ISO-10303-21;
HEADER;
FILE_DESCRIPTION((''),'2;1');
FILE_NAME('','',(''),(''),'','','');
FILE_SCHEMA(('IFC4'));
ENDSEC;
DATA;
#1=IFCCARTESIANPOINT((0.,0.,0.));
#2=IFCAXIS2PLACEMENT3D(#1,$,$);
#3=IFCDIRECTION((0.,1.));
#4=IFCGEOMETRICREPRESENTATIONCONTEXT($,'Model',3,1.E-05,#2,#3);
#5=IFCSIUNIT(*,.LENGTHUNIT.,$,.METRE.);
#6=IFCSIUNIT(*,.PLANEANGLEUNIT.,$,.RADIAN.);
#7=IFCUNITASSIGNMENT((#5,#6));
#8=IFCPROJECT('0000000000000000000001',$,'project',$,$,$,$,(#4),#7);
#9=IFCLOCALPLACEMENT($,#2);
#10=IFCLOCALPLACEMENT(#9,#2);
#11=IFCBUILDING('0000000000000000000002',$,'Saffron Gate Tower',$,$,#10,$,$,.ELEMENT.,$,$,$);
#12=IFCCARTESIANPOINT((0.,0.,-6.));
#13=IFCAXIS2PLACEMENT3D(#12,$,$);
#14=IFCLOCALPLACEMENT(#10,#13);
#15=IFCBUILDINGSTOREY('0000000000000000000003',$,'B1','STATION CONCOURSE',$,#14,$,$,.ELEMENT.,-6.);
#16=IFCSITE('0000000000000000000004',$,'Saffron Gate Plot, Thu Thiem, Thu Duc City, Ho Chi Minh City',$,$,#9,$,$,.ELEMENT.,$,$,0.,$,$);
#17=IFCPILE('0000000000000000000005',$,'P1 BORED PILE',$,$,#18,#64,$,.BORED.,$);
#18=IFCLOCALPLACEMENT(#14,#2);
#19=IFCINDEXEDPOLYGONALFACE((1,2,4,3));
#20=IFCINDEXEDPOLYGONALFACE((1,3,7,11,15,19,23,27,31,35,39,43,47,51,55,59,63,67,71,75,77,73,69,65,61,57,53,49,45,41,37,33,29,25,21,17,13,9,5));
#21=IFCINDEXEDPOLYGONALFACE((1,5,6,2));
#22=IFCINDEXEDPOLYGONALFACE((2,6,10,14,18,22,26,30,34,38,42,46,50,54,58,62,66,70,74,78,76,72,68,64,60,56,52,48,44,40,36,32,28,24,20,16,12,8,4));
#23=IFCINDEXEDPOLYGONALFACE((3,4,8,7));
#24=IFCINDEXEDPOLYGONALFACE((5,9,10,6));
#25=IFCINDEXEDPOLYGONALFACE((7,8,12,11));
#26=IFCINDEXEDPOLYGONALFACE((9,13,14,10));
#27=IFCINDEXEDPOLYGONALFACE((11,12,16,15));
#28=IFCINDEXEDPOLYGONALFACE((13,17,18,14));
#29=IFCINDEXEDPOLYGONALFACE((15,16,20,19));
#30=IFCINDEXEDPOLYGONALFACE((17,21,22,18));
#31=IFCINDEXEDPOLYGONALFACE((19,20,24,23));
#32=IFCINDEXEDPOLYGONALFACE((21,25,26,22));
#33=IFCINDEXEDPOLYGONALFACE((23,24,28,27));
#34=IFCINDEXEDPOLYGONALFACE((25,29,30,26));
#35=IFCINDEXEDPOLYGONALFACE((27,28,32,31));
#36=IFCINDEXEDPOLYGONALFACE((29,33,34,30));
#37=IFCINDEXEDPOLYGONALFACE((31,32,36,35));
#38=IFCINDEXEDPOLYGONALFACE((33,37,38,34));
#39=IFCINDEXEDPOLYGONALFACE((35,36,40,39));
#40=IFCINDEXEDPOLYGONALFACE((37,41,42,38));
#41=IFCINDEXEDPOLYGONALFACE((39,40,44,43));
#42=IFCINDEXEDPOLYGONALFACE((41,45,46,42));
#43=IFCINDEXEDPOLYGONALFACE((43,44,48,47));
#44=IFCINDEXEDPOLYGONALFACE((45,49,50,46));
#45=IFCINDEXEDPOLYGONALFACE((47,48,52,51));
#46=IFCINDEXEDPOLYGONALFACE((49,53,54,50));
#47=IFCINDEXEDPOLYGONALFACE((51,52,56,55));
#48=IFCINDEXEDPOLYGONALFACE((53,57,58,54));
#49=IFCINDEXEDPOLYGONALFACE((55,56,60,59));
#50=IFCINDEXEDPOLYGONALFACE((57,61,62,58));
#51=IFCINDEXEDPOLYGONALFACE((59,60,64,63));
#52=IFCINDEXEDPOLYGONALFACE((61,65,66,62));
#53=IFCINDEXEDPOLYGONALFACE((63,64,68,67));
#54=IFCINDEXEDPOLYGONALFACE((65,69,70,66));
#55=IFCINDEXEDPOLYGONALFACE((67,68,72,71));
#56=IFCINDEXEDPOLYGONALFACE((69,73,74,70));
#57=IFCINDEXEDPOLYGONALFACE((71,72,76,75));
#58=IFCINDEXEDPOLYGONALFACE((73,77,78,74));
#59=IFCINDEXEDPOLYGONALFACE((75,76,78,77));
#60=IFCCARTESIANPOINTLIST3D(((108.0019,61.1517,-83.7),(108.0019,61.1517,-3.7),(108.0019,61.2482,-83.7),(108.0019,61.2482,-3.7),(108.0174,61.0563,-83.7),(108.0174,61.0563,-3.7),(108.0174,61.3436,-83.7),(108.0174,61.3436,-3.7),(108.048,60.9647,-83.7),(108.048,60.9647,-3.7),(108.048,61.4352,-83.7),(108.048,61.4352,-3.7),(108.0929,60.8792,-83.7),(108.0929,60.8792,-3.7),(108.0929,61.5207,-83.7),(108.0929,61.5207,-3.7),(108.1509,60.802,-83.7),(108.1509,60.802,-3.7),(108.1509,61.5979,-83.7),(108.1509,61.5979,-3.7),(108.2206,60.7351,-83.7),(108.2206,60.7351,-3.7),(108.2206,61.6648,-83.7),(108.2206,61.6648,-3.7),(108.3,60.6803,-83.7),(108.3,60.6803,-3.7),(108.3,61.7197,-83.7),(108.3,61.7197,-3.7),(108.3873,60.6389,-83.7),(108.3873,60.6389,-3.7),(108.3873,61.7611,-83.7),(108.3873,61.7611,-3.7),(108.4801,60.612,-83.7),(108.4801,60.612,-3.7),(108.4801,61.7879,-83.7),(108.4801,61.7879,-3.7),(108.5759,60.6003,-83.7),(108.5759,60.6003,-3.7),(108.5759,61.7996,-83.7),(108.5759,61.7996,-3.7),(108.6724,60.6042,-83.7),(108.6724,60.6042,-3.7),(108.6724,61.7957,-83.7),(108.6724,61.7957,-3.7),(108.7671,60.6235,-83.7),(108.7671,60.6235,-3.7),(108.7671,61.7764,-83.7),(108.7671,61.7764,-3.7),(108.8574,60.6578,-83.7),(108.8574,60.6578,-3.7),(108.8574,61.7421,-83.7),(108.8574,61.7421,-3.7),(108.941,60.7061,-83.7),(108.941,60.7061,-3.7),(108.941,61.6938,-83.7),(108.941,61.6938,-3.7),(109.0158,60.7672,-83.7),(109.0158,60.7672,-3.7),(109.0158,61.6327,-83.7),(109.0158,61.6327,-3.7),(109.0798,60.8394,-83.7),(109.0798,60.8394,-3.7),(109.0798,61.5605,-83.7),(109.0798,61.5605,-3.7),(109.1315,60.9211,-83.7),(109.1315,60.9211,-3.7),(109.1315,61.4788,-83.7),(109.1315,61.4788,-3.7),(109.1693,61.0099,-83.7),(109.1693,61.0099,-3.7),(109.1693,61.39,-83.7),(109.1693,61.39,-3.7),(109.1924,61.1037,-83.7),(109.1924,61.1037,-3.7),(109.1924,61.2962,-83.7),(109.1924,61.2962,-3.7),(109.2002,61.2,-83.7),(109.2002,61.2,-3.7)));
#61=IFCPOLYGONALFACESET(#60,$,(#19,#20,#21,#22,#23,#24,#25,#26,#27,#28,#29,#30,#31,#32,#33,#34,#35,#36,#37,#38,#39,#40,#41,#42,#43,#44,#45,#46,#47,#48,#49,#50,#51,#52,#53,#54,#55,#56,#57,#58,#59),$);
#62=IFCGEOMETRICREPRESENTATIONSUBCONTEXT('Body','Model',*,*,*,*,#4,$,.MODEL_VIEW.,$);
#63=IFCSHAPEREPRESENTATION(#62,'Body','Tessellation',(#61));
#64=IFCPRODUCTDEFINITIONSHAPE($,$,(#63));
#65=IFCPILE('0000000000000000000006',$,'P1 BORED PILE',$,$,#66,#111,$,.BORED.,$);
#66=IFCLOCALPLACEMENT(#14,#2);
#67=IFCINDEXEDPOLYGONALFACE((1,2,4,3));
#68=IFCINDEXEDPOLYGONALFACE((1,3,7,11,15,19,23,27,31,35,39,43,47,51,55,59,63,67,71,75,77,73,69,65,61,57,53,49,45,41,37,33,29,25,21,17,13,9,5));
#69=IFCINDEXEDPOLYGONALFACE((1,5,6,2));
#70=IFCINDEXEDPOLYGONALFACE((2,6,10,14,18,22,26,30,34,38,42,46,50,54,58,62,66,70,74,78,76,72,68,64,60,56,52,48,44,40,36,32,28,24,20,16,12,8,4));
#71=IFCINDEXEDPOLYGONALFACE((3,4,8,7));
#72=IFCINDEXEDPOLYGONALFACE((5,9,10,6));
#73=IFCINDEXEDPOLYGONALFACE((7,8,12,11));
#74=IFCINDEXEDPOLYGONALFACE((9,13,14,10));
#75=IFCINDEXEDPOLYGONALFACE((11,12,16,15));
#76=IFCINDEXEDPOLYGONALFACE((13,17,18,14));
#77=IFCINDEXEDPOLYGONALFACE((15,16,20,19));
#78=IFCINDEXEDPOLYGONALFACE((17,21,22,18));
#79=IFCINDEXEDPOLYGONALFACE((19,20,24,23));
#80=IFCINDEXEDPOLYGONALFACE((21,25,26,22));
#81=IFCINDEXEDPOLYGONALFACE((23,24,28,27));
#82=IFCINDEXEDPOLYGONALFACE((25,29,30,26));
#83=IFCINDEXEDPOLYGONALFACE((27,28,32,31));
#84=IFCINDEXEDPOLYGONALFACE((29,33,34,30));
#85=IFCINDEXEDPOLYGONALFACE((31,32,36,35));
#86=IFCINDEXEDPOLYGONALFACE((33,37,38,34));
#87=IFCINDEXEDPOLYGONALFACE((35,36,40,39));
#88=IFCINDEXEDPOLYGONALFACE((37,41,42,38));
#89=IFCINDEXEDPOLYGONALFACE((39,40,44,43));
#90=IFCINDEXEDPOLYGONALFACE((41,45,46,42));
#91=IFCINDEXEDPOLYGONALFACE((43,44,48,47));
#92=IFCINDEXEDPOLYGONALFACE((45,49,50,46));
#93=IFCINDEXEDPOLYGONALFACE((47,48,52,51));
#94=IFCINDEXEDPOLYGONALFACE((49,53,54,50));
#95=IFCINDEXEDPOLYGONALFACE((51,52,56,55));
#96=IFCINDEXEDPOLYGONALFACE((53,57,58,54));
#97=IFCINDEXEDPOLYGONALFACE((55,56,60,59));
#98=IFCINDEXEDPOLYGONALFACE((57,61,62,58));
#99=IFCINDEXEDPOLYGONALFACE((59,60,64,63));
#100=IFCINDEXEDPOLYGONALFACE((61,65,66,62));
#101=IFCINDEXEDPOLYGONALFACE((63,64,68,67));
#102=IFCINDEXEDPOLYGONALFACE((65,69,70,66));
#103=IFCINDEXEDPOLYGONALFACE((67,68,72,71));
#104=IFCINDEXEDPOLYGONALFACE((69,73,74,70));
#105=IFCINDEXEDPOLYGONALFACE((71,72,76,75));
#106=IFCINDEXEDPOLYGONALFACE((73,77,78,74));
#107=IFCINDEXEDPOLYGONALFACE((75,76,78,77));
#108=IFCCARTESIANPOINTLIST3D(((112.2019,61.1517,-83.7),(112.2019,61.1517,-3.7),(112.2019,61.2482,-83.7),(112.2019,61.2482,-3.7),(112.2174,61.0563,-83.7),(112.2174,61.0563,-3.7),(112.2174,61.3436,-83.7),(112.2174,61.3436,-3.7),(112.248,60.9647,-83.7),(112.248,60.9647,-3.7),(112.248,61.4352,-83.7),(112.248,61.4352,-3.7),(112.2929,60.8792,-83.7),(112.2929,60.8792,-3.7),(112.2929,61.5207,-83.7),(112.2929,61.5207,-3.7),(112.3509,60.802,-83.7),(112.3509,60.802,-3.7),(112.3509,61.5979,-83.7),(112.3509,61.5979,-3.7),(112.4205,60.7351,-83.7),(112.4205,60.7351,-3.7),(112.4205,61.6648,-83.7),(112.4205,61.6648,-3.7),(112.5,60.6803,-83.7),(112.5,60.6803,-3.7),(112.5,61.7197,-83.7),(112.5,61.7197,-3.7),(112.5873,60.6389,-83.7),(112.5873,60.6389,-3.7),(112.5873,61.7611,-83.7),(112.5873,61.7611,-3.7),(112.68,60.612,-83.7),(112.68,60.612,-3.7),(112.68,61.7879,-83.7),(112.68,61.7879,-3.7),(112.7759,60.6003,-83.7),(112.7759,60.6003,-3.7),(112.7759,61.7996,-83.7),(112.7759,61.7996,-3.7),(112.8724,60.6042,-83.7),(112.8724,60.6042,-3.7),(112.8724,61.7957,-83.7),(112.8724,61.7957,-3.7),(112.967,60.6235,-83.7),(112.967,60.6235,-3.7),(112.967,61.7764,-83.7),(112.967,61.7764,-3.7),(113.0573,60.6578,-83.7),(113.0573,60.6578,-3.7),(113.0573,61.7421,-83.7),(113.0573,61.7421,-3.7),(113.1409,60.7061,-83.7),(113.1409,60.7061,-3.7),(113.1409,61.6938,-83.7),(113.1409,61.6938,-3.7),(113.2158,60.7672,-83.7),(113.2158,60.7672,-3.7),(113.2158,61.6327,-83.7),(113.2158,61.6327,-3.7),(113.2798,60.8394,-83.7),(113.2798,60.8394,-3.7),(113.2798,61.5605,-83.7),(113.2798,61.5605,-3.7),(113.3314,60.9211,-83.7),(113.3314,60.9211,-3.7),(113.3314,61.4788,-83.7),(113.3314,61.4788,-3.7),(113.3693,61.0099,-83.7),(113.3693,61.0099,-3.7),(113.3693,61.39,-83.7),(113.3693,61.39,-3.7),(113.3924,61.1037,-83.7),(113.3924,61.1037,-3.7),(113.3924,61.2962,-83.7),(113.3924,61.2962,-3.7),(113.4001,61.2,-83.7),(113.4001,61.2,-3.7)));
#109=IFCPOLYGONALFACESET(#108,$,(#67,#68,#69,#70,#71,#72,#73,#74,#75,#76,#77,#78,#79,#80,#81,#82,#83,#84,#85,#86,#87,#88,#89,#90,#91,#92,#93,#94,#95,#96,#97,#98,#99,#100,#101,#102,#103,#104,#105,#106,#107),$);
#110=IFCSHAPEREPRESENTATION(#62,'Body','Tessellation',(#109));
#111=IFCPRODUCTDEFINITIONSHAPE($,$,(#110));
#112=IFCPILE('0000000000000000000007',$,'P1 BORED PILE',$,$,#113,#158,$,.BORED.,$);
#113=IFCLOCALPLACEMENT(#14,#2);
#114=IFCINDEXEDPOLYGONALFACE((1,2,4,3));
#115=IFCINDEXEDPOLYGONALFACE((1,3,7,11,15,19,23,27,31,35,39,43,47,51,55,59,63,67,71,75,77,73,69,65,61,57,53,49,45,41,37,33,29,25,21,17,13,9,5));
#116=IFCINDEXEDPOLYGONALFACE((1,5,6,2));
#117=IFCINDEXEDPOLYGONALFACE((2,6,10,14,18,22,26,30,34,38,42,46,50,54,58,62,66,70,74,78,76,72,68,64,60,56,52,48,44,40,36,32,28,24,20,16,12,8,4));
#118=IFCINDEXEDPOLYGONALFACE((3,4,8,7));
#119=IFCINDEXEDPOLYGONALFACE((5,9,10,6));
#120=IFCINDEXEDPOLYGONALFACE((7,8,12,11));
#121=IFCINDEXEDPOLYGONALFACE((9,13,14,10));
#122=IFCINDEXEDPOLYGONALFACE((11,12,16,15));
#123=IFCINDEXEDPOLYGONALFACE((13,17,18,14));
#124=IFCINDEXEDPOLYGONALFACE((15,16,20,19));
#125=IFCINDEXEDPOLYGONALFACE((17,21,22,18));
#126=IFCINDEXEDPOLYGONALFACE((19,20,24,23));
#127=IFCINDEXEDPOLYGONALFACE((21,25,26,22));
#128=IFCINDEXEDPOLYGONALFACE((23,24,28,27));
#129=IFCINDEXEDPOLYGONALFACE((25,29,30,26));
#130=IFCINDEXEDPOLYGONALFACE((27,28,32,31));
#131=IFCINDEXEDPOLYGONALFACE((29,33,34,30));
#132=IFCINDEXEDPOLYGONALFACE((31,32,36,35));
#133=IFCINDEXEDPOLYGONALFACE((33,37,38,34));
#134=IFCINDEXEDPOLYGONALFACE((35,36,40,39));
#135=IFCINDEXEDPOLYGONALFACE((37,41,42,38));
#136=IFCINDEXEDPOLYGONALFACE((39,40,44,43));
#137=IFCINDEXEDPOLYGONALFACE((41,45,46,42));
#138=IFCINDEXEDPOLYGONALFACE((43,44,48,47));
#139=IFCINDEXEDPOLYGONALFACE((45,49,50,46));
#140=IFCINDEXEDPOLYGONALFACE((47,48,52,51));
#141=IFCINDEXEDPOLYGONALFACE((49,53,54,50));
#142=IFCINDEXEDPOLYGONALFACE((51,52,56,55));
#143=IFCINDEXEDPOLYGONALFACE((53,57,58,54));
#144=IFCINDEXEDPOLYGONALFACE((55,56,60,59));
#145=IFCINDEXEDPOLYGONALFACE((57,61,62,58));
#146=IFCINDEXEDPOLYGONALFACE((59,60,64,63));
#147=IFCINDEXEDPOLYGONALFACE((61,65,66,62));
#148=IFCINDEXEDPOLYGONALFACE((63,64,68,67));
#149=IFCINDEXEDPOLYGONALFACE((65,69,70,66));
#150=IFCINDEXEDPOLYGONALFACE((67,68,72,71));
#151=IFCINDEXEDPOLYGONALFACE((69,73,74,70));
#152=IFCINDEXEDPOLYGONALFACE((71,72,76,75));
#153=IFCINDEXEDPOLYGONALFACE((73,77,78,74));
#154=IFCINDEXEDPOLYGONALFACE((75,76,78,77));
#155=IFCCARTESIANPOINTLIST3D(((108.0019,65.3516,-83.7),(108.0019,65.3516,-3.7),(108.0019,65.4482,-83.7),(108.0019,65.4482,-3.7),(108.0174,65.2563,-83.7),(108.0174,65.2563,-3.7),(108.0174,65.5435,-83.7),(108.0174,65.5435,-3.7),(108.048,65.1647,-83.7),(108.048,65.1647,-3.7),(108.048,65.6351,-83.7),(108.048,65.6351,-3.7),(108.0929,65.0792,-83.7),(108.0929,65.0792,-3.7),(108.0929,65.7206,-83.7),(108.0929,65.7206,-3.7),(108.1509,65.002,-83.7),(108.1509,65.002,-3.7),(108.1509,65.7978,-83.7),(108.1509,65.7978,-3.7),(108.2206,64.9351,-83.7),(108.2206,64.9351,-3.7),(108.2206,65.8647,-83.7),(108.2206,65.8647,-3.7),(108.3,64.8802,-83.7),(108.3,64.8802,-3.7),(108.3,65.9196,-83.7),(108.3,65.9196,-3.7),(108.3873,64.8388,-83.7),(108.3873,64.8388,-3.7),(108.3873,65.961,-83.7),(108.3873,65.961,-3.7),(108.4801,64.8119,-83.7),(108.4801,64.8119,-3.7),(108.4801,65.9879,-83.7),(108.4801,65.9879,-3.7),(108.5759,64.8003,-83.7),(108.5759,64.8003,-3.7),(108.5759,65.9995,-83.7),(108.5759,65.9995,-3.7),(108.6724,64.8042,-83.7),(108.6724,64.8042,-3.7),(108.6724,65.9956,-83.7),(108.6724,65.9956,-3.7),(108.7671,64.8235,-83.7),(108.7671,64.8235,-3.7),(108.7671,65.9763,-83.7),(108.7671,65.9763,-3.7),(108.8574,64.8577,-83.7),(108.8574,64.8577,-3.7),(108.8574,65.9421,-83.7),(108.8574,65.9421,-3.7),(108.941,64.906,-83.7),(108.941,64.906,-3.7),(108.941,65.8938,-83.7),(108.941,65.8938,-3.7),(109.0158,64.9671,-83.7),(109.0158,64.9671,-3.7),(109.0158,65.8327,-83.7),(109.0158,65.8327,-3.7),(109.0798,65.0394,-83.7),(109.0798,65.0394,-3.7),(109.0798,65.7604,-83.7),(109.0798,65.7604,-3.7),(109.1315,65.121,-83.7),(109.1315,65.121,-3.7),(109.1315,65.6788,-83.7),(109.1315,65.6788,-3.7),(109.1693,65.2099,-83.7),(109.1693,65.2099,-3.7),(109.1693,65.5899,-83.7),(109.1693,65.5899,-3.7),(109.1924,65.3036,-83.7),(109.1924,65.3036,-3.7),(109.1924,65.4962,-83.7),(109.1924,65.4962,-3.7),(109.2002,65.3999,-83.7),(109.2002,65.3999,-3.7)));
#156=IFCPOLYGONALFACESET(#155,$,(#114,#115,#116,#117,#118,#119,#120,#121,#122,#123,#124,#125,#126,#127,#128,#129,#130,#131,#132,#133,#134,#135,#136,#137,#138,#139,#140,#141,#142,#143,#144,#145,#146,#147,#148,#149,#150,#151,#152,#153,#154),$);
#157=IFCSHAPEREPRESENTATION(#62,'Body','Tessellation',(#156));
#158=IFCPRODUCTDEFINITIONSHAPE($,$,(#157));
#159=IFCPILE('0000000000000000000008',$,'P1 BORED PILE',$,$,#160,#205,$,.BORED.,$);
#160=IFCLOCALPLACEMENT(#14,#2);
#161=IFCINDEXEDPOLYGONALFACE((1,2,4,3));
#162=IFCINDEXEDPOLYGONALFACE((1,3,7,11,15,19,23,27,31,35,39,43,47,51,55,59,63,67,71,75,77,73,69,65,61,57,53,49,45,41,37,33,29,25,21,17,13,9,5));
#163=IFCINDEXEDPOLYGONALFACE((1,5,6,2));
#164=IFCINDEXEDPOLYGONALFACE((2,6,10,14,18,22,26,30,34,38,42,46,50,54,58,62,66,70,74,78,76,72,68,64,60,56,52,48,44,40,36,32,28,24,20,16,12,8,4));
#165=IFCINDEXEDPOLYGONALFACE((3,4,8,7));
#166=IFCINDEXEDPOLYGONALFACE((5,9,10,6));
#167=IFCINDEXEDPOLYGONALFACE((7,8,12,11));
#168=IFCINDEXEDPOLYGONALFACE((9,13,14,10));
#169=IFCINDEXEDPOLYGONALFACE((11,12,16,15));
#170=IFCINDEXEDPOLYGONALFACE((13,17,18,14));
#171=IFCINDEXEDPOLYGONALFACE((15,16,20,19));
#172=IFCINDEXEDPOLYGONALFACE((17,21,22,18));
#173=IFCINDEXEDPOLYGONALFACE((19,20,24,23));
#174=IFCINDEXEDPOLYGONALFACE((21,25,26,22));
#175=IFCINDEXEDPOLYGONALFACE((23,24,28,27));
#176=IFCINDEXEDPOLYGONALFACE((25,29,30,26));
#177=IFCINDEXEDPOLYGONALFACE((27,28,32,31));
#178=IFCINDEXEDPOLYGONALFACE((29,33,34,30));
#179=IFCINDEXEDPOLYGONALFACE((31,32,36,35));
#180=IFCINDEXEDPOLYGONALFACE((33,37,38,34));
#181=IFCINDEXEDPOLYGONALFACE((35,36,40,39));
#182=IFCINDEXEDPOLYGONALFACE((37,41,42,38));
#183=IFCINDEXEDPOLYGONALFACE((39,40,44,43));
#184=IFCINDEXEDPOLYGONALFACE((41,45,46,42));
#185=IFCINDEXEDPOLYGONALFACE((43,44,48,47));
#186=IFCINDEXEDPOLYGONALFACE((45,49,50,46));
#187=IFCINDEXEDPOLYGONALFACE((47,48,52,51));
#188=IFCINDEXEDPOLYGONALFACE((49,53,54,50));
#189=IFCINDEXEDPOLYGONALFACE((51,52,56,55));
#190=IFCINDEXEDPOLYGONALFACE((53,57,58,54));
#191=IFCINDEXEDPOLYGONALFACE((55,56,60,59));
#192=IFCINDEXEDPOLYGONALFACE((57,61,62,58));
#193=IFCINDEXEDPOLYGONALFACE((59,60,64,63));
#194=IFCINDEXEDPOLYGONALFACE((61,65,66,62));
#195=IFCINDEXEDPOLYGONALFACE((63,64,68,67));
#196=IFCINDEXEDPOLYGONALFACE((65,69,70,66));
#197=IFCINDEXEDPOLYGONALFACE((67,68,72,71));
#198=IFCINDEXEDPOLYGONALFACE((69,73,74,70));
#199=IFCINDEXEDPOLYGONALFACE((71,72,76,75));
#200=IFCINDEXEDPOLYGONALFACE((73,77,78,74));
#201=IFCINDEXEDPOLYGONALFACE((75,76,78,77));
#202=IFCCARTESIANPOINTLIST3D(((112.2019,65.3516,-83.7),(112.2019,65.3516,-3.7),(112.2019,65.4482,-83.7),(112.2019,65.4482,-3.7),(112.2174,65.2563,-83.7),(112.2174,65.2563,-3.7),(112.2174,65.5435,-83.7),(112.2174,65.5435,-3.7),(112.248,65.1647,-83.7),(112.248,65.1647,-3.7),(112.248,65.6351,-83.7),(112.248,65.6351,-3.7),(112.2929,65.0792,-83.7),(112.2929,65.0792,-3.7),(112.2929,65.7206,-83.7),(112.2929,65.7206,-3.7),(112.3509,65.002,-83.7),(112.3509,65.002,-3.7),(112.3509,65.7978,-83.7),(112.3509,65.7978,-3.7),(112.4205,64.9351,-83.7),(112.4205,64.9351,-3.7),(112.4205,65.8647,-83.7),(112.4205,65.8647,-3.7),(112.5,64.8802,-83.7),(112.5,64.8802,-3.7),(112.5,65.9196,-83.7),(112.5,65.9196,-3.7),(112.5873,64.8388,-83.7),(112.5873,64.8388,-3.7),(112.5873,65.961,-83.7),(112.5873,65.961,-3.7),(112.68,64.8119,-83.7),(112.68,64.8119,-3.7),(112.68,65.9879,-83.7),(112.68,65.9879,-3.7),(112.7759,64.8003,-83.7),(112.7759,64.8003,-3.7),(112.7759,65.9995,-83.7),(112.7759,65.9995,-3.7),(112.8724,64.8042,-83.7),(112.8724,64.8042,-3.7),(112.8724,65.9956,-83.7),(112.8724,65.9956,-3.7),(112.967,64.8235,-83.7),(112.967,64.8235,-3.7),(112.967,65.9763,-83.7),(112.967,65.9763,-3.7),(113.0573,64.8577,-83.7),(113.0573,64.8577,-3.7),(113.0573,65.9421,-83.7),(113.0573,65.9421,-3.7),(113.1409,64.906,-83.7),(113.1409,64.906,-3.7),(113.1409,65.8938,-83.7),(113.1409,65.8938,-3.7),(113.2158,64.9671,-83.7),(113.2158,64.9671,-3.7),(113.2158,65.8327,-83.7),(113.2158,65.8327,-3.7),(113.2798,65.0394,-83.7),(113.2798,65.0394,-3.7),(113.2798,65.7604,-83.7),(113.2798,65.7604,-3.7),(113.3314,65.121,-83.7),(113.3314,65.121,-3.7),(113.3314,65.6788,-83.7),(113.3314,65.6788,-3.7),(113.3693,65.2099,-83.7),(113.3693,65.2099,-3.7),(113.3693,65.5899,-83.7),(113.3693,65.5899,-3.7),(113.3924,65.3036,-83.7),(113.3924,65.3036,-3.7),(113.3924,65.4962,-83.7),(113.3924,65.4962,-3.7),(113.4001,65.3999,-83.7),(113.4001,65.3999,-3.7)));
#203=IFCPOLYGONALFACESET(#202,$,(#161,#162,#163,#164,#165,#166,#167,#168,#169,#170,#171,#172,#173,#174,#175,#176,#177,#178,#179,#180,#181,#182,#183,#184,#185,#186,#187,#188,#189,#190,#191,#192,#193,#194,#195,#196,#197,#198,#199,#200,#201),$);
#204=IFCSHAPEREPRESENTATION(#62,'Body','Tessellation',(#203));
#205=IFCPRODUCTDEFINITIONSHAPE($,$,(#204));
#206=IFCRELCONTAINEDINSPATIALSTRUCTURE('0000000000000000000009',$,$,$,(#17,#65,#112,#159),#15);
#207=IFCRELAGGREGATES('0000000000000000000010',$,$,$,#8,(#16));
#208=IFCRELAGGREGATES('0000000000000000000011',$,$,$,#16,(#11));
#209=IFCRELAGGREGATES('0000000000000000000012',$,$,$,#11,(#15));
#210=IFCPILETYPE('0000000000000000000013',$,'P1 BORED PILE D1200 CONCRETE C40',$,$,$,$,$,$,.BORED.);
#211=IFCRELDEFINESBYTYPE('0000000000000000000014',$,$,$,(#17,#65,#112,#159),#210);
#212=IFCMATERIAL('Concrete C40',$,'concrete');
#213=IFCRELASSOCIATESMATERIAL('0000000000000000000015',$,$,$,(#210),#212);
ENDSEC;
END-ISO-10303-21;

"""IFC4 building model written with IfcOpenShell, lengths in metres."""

from ifc_helpers import new_model, si_unit, direction, frame, origin, origin_2d, place, context, subcontext, project, spatial, circle, extrude, material, material_profile, profile_set, type_object, element, save


model = new_model("IFC4")

# Units and contexts
model_context = context("Model", 3, precision=1e-05, world=origin(), true_north=direction((0.0, 1.0)))
body_context = subcontext(model_context, "Body", "Model", "MODEL_VIEW")
ifc_project = project(units=[si_unit("LENGTHUNIT", "METRE"), si_unit("PLANEANGLEUNIT", "RADIAN")], contexts=[model_context])

# Site, building, storey
site_placement = place(None, origin())
site = spatial("IfcSite", under=ifc_project, at=site_placement, Name="Saffron Gate Plot, Thu Thiem, Thu Duc City, Ho Chi Minh City", CompositionType="ELEMENT", RefElevation=0.0)
building_placement = place(site_placement, origin())
building = spatial("IfcBuilding", under=site, at=building_placement, Name="Saffron Gate Tower", CompositionType="ELEMENT")
storey_placement = place(building_placement, frame((0.0, 0.0, -6.0)))
storey = spatial("IfcBuildingStorey", under=building, at=storey_placement, Name="B1", Description="STATION CONCOURSE", CompositionType="ELEMENT", Elevation=-6.0)

# Piles
ifc_material_1 = material(Name="Concrete C40", Category="concrete")
ifc_material_profile_1 = material_profile(ifc_material_1, circle(Radius=0.6001, at=origin_2d()))
ifc_profile_set_1 = profile_set([ifc_material_profile_1], Name="Concrete C40")
pile_type_1 = type_object("IfcPileType", Name="P1 BORED PILE D1200 CONCRETE C40", PredefinedType="BORED", material=ifc_profile_set_1)
for number, where, z_axis, x_axis, name in (
    (1, (108.6001, 61.2, -3.7), (0.0, 0.0, -1.0), (1.0, 0.0, 0.0), "P1 BORED PILE"),
    (2, (112.8, 61.2, -3.7), (0.0, 0.0, -1.0), (1.0, 0.0, 0.0), "P1 BORED PILE"),
    (3, (108.6001, 65.3999, -3.7), (0.0, 0.0, -1.0), (1.0, 0.0, 0.0), "P1 BORED PILE"),
    (4, (112.8, 65.3999, -3.7), (0.0, 0.0, -1.0), (1.0, 0.0, 0.0), "P1 BORED PILE"),
):
    element("IfcPile", number, at=place(storey_placement, frame(where, z_axis=z_axis, x_axis=x_axis)), inside=storey, type_object=pile_type_1, Name=name, PredefinedType="BORED", context=body_context, shape_type="SweptSolid", body=[
        extrude(circle(Radius=0.6001, at=origin_2d()), origin(), (0.0, 0.0, 1.0), 80.0),
    ])

save(model, "model.ifc")
